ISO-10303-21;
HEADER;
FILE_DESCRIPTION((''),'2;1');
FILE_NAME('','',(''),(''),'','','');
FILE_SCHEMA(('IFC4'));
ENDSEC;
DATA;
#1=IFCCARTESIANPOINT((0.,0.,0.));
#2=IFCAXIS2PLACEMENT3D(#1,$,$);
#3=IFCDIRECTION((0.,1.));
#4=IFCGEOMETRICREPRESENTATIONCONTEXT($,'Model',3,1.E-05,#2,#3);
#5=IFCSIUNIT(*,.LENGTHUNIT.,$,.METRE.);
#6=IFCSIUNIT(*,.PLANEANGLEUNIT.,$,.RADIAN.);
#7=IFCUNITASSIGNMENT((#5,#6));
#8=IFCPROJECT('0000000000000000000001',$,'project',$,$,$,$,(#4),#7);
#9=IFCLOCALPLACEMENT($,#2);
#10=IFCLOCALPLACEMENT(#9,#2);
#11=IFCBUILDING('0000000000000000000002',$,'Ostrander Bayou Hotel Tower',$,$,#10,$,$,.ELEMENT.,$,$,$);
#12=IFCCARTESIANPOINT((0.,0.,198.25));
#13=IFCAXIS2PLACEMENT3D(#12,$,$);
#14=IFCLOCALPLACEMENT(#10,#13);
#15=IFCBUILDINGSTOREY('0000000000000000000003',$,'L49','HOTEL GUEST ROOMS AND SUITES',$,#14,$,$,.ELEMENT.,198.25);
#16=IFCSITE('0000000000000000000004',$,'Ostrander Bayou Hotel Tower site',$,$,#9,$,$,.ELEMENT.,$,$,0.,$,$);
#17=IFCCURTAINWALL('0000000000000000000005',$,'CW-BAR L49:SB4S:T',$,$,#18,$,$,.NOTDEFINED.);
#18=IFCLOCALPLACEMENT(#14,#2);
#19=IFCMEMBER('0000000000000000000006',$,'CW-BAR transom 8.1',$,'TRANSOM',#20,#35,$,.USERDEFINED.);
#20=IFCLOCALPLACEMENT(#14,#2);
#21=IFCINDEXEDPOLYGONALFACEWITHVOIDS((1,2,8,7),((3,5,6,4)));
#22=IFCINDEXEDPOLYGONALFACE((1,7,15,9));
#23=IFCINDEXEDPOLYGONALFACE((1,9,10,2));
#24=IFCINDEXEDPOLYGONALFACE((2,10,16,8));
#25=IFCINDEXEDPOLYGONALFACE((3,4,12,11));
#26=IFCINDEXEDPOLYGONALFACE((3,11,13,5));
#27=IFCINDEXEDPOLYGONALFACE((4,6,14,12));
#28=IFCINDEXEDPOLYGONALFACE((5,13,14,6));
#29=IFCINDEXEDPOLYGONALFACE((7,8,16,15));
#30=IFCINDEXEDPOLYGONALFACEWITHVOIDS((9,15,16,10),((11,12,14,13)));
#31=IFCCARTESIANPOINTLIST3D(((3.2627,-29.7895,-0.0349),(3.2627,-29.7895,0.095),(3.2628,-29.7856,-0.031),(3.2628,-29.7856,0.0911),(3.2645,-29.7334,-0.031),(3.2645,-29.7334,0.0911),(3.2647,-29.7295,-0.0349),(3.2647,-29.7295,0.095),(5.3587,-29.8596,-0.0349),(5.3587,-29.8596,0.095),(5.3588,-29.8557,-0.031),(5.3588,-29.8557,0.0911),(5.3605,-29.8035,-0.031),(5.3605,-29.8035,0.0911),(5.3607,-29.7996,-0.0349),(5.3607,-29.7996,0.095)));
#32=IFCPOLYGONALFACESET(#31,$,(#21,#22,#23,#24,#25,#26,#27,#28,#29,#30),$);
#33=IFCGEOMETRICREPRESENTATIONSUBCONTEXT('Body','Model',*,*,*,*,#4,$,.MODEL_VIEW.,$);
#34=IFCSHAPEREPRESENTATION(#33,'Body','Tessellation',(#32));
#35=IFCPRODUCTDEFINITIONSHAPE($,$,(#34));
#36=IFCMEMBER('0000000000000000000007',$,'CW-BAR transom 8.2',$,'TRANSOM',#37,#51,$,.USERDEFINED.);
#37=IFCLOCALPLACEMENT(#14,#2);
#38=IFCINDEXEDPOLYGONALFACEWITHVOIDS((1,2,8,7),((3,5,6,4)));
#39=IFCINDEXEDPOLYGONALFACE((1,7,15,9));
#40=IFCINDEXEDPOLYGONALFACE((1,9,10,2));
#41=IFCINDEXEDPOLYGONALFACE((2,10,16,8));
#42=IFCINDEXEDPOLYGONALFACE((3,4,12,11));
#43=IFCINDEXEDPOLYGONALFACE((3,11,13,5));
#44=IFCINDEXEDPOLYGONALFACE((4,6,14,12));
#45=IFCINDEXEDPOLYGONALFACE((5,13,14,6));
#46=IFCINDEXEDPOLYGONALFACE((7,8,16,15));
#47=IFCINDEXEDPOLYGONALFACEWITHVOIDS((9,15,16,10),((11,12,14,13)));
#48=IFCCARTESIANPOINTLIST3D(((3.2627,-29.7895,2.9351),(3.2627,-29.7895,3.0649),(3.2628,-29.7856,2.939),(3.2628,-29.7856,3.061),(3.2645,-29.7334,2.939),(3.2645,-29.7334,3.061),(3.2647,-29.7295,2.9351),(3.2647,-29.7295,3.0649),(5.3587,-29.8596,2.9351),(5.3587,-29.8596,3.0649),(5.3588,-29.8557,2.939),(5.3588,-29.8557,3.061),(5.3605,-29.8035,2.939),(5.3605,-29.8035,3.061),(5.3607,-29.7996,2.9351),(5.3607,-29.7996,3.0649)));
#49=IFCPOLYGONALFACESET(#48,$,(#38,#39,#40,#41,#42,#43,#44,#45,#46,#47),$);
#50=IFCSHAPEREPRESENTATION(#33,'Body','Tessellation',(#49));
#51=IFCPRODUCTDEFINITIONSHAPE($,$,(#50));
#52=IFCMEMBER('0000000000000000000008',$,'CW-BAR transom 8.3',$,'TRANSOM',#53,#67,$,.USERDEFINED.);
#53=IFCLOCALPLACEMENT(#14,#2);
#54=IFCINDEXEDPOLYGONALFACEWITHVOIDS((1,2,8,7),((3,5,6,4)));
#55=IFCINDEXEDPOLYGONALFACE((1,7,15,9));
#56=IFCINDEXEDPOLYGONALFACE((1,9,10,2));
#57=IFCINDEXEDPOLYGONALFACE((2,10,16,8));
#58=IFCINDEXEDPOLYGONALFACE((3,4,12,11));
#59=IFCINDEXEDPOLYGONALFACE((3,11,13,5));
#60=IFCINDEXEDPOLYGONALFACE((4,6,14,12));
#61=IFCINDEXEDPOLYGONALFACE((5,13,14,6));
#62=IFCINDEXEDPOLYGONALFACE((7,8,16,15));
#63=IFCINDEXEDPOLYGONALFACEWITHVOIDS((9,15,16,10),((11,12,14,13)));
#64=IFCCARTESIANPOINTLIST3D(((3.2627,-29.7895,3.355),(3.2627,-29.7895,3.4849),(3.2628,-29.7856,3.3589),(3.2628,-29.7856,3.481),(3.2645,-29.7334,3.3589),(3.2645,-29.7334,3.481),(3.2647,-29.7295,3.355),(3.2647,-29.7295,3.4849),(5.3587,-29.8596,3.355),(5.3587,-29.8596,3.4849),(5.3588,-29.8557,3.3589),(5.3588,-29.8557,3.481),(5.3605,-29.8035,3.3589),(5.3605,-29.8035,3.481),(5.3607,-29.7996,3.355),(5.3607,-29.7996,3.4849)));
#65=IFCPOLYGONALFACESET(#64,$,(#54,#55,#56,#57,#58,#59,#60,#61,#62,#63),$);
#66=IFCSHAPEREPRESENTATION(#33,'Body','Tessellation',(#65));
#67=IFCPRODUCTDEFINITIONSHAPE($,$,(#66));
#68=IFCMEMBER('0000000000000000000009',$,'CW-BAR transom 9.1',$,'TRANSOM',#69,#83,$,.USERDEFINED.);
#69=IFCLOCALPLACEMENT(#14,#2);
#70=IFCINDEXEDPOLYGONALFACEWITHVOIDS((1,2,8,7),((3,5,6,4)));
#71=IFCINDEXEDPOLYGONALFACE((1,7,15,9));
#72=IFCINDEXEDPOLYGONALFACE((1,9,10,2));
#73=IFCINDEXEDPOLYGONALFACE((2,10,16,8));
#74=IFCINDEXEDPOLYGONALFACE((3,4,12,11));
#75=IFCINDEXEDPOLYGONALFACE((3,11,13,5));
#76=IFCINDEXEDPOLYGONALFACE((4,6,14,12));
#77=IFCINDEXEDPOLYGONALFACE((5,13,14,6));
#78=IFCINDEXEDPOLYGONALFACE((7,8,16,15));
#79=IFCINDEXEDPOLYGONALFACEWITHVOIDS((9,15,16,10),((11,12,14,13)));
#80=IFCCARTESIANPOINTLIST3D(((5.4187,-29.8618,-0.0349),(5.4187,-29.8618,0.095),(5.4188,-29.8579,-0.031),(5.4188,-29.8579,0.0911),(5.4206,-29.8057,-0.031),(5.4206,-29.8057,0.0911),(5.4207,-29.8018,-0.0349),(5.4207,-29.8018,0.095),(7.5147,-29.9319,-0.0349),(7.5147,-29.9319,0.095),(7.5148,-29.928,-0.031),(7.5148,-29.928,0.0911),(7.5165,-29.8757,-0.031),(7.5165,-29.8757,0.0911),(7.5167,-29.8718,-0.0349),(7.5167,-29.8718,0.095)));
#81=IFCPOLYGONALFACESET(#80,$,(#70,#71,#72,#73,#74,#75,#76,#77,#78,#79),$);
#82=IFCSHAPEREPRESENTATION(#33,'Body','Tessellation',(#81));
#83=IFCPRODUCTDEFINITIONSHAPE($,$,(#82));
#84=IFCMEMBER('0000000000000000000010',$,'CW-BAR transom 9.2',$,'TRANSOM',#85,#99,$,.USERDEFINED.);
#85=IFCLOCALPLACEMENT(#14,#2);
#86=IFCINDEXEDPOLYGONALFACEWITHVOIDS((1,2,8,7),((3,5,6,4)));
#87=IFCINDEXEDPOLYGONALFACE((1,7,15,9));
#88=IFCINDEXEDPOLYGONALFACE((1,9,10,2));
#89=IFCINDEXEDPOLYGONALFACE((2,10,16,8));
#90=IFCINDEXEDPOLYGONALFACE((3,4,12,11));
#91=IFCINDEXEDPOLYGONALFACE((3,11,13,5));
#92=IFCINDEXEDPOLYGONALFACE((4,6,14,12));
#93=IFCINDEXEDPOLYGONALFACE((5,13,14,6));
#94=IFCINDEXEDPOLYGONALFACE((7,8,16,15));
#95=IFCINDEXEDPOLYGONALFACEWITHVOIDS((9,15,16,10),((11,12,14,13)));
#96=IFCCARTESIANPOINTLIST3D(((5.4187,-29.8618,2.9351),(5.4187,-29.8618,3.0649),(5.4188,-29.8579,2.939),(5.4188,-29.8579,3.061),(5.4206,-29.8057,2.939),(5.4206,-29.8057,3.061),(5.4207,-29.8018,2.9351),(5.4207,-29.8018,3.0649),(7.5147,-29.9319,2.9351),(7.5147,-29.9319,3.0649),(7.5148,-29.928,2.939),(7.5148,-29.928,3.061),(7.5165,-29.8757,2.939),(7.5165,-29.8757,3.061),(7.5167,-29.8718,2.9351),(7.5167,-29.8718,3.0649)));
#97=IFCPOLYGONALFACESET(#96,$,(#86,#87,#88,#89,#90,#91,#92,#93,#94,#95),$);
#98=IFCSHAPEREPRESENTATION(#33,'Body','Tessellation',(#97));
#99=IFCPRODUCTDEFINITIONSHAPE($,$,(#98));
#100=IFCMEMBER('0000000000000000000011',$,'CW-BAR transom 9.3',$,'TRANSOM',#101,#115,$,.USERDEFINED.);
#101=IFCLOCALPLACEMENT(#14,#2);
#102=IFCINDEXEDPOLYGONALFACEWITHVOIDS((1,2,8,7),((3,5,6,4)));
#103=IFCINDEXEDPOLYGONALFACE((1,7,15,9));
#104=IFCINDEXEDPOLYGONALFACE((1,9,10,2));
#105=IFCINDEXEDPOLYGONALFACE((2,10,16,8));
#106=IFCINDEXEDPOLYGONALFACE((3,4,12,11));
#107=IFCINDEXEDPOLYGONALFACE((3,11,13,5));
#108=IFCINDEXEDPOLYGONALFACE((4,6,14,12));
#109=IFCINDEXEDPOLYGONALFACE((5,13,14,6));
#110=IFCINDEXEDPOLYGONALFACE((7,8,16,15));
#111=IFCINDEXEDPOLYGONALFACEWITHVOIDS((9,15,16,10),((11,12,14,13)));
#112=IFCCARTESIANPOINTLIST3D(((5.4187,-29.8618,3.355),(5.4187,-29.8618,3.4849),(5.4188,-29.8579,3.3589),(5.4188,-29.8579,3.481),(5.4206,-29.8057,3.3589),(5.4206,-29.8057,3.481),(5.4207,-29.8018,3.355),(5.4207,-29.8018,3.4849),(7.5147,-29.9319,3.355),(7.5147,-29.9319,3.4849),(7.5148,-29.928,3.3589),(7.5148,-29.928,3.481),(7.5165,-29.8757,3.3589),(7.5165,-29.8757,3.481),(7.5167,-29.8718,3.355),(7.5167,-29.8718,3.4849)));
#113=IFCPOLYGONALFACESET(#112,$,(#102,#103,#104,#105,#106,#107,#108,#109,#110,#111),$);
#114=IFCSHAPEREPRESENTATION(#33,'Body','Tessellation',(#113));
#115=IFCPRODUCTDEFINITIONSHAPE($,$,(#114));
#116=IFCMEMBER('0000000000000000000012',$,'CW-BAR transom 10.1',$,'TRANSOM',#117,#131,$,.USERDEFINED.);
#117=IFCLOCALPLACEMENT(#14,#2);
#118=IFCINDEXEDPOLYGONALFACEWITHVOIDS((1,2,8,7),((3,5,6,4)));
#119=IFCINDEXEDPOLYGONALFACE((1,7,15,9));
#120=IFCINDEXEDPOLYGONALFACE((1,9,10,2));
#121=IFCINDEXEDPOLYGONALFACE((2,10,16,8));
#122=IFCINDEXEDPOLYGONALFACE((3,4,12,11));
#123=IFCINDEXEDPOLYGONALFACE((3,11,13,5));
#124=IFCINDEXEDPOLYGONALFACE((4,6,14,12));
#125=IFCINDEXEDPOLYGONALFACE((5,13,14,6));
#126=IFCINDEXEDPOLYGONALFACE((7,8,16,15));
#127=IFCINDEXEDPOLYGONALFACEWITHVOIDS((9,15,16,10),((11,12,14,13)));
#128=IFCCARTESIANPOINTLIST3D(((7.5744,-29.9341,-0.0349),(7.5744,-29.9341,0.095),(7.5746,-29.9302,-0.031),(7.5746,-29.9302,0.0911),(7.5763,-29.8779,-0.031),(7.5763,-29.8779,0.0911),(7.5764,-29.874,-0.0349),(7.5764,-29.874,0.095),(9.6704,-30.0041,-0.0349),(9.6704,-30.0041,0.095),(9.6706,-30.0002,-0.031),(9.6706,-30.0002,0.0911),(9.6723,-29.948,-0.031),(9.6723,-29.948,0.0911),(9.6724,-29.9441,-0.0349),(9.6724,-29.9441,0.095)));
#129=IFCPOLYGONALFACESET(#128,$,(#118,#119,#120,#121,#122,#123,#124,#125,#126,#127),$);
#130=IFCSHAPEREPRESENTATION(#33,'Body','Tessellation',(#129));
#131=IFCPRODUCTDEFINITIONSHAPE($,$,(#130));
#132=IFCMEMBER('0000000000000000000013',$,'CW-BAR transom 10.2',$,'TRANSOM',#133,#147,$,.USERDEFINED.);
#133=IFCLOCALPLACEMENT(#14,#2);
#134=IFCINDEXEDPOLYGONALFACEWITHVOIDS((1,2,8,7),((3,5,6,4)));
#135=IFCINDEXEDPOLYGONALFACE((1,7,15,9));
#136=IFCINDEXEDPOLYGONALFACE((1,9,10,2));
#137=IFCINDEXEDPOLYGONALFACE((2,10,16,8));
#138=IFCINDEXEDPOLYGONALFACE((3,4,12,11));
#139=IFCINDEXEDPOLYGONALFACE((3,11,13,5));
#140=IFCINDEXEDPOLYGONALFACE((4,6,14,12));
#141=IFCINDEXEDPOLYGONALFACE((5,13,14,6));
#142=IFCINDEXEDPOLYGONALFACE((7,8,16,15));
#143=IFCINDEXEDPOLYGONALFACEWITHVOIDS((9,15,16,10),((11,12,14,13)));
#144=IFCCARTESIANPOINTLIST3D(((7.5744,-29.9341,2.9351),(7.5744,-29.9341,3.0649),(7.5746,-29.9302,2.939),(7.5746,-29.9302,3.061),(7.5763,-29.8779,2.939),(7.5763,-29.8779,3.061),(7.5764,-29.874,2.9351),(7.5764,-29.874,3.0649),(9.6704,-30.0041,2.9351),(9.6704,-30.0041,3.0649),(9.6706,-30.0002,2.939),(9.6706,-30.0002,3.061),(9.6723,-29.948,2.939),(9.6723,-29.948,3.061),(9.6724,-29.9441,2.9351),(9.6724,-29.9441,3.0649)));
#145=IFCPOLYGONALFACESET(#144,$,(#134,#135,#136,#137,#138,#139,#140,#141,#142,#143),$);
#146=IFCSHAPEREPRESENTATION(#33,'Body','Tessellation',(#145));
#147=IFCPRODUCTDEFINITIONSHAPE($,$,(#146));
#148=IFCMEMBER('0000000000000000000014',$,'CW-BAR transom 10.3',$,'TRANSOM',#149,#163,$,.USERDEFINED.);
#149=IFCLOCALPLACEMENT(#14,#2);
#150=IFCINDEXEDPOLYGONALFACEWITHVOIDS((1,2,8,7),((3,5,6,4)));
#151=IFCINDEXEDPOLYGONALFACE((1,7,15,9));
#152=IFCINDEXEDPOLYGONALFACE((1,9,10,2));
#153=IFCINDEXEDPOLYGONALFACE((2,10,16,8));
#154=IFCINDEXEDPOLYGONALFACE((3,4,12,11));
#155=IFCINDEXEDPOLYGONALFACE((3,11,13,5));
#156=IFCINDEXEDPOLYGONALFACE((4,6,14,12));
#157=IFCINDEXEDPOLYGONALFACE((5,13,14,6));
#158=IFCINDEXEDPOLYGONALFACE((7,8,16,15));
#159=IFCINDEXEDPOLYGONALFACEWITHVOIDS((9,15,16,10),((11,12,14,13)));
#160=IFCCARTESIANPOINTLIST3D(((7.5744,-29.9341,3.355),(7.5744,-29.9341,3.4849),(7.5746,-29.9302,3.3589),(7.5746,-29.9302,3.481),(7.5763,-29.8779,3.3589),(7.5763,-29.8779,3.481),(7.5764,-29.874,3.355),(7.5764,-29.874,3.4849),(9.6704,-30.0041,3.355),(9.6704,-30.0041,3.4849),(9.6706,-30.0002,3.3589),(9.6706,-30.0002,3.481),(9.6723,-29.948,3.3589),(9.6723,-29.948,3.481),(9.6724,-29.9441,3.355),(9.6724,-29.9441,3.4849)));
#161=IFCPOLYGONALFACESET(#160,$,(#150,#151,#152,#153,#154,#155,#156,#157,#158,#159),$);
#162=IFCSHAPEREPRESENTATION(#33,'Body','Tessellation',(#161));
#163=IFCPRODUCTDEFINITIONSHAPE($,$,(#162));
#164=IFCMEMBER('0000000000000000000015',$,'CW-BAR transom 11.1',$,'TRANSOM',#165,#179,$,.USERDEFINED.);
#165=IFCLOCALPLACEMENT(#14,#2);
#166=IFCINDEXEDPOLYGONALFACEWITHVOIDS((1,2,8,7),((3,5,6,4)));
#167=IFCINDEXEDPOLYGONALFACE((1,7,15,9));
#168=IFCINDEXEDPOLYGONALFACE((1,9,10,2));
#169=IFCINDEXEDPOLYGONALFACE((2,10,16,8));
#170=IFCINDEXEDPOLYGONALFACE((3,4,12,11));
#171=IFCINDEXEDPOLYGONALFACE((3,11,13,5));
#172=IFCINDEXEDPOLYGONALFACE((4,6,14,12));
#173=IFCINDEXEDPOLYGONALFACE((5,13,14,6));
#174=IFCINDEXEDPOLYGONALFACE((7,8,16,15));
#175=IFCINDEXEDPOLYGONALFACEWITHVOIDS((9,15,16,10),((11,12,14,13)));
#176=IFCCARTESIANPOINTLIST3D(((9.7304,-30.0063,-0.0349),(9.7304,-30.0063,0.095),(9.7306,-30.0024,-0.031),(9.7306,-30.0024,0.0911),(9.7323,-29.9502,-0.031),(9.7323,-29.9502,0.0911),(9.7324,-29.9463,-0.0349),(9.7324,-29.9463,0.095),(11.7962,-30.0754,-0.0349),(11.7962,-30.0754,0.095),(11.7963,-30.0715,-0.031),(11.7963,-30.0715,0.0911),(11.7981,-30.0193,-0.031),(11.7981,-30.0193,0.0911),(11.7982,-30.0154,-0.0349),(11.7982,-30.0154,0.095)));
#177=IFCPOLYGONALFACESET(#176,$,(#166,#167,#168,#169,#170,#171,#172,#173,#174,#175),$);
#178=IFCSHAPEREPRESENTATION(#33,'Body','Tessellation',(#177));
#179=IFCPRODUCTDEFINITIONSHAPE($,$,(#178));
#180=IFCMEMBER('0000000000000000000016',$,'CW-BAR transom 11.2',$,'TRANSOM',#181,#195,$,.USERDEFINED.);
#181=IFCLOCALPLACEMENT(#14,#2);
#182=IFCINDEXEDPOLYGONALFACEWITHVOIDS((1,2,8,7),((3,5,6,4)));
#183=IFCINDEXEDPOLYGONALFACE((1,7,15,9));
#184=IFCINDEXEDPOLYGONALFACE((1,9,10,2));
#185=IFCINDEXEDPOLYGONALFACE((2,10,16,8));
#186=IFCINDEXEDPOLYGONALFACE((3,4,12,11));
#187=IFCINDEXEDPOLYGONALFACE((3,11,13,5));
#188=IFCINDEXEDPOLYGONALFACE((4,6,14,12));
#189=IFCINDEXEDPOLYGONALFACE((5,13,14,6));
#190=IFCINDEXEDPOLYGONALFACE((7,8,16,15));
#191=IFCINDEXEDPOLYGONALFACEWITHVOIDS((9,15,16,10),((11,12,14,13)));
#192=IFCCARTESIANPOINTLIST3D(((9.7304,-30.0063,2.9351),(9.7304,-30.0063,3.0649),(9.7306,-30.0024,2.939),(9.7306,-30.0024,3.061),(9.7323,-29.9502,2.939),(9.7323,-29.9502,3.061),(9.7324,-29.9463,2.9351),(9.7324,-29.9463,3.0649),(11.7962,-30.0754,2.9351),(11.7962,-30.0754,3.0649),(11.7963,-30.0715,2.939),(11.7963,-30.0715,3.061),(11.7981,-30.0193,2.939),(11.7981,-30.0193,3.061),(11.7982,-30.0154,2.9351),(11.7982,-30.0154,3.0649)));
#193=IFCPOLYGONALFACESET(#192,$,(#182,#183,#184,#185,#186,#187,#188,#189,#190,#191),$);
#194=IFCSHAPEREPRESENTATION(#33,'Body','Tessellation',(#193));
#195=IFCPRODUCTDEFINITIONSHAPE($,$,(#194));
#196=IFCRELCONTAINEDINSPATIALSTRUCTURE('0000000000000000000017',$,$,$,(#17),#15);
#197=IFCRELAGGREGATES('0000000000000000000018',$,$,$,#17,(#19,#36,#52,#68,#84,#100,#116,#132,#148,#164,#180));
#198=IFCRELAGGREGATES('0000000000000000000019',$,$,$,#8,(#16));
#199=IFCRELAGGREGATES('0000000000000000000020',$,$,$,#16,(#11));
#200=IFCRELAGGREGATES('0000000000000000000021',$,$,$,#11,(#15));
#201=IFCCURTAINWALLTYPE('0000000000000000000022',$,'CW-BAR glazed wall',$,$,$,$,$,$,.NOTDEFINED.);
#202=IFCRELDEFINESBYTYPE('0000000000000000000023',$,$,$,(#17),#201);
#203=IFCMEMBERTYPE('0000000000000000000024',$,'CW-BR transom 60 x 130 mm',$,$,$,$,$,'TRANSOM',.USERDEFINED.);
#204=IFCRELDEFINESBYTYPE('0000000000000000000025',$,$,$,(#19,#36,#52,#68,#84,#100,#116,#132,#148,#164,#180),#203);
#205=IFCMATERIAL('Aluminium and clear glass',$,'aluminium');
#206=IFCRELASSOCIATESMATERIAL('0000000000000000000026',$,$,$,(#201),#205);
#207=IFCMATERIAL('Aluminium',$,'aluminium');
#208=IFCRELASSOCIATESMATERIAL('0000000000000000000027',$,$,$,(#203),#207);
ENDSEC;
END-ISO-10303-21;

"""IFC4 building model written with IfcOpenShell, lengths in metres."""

from ifc_helpers import new_model, si_unit, direction, frame, origin, origin_2d, place, context, subcontext, project, spatial, hollow_rectangle, extrude, material, material_profile, profile_set, type_object, element, aggregate, save


model = new_model("IFC4")

# Units and contexts
model_context = context("Model", 3, precision=1e-05, world=origin(), true_north=direction((0.0, 1.0)))
body_context = subcontext(model_context, "Body", "Model", "MODEL_VIEW")
ifc_project = project(units=[si_unit("LENGTHUNIT", "METRE"), si_unit("PLANEANGLEUNIT", "RADIAN")], contexts=[model_context])

# Site, building, storey
site_placement = place(None, origin())
site = spatial("IfcSite", under=ifc_project, at=site_placement, Name="Ostrander Bayou Hotel Tower site", CompositionType="ELEMENT", RefElevation=0.0)
building_placement = place(site_placement, origin())
building = spatial("IfcBuilding", under=site, at=building_placement, Name="Ostrander Bayou Hotel Tower", CompositionType="ELEMENT")
storey_placement = place(building_placement, frame((0.0, 0.0, 198.25)))
storey = spatial("IfcBuildingStorey", under=building, at=storey_placement, Name="L49", Description="HOTEL GUEST ROOMS AND SUITES", CompositionType="ELEMENT", Elevation=198.25)

# Curtain wall
ifc_material_1 = material(Name="Aluminium and clear glass", Category="aluminium")
curtain_wall_type = type_object("IfcCurtainWallType", Name="CW-BAR glazed wall", PredefinedType="NOTDEFINED", material=ifc_material_1)
curtain_wall_1_placement = place(storey_placement, origin())
curtain_wall_1 = element("IfcCurtainWall", 1, at=curtain_wall_1_placement, inside=storey, type_object=curtain_wall_type, Name="CW-BAR L49:SB4S:T", PredefinedType="NOTDEFINED")

# Members
ifc_material_2 = material(Name="Aluminium", Category="aluminium")
ifc_material_profile_1 = material_profile(ifc_material_2, hollow_rectangle(XDim=0.0601, YDim=0.1299, WallThickness=0.0039, at=origin_2d()))
ifc_profile_set_1 = profile_set([ifc_material_profile_1], Name="Aluminium")
member_type_1 = type_object("IfcMemberType", Name="CW-BR transom 60 x 130 mm", ElementType="TRANSOM", PredefinedType="USERDEFINED", material=ifc_profile_set_1)
member_1_placement = place(storey_placement, frame((3.2637, -29.7595, 0.03), z_axis=(0.999442, -0.033412, 0.0), x_axis=(0.033412, 0.999442, 0.0)))
member_1 = element("IfcMember", 2, at=member_1_placement, type_object=member_type_1, Name="CW-BAR transom 8.1", ObjectType="TRANSOM", PredefinedType="USERDEFINED", context=body_context, shape_type="SweptSolid", body=[
    extrude(hollow_rectangle(XDim=0.0601, YDim=0.1299, WallThickness=0.0039, at=origin_2d()), origin(), (0.0, 0.0, 1.0), 2.0972),
])
member_2_placement = place(storey_placement, frame((3.2637, -29.7595, 3.0), z_axis=(0.999442, -0.033412, 0.0), x_axis=(0.033412, 0.999442, 0.0)))
member_2 = element("IfcMember", 3, at=member_2_placement, type_object=member_type_1, Name="CW-BAR transom 8.2", ObjectType="TRANSOM", PredefinedType="USERDEFINED", context=body_context, shape_type="SweptSolid", body=[
    extrude(hollow_rectangle(XDim=0.0601, YDim=0.1299, WallThickness=0.0039, at=origin_2d()), origin(), (0.0, 0.0, 1.0), 2.0972),
])
member_3_placement = place(storey_placement, frame((3.2637, -29.7595, 3.4199), z_axis=(0.999442, -0.033412, 0.0), x_axis=(0.033412, 0.999442, 0.0)))
member_3 = element("IfcMember", 4, at=member_3_placement, type_object=member_type_1, Name="CW-BAR transom 8.3", ObjectType="TRANSOM", PredefinedType="USERDEFINED", context=body_context, shape_type="SweptSolid", body=[
    extrude(hollow_rectangle(XDim=0.0601, YDim=0.1299, WallThickness=0.0039, at=origin_2d()), origin(), (0.0, 0.0, 1.0), 2.0972),
])
member_4_placement = place(storey_placement, frame((5.4197, -29.8318, 0.03), z_axis=(0.999442, -0.033412, 0.0), x_axis=(0.033412, 0.999442, 0.0)))
member_4 = element("IfcMember", 5, at=member_4_placement, type_object=member_type_1, Name="CW-BAR transom 9.1", ObjectType="TRANSOM", PredefinedType="USERDEFINED", context=body_context, shape_type="SweptSolid", body=[
    extrude(hollow_rectangle(XDim=0.0601, YDim=0.1299, WallThickness=0.0039, at=origin_2d()), origin(), (0.0, 0.0, 1.0), 2.0972),
])
member_5_placement = place(storey_placement, frame((5.4197, -29.8318, 3.0), z_axis=(0.999442, -0.033412, 0.0), x_axis=(0.033412, 0.999442, 0.0)))
member_5 = element("IfcMember", 6, at=member_5_placement, type_object=member_type_1, Name="CW-BAR transom 9.2", ObjectType="TRANSOM", PredefinedType="USERDEFINED", context=body_context, shape_type="SweptSolid", body=[
    extrude(hollow_rectangle(XDim=0.0601, YDim=0.1299, WallThickness=0.0039, at=origin_2d()), origin(), (0.0, 0.0, 1.0), 2.0972),
])
member_6_placement = place(storey_placement, frame((5.4197, -29.8318, 3.4199), z_axis=(0.999442, -0.033412, 0.0), x_axis=(0.033412, 0.999442, 0.0)))
member_6 = element("IfcMember", 7, at=member_6_placement, type_object=member_type_1, Name="CW-BAR transom 9.3", ObjectType="TRANSOM", PredefinedType="USERDEFINED", context=body_context, shape_type="SweptSolid", body=[
    extrude(hollow_rectangle(XDim=0.0601, YDim=0.1299, WallThickness=0.0039, at=origin_2d()), origin(), (0.0, 0.0, 1.0), 2.0972),
])
member_7_placement = place(storey_placement, frame((7.5754, -29.9041, 0.03), z_axis=(0.999442, -0.033412, 0.0), x_axis=(0.033412, 0.999442, 0.0)))
member_7 = element("IfcMember", 8, at=member_7_placement, type_object=member_type_1, Name="CW-BAR transom 10.1", ObjectType="TRANSOM", PredefinedType="USERDEFINED", context=body_context, shape_type="SweptSolid", body=[
    extrude(hollow_rectangle(XDim=0.0601, YDim=0.1299, WallThickness=0.0039, at=origin_2d()), origin(), (0.0, 0.0, 1.0), 2.0972),
])
member_8_placement = place(storey_placement, frame((7.5754, -29.9041, 3.0), z_axis=(0.999442, -0.033412, 0.0), x_axis=(0.033412, 0.999442, 0.0)))
member_8 = element("IfcMember", 9, at=member_8_placement, type_object=member_type_1, Name="CW-BAR transom 10.2", ObjectType="TRANSOM", PredefinedType="USERDEFINED", context=body_context, shape_type="SweptSolid", body=[
    extrude(hollow_rectangle(XDim=0.0601, YDim=0.1299, WallThickness=0.0039, at=origin_2d()), origin(), (0.0, 0.0, 1.0), 2.0972),
])
member_9_placement = place(storey_placement, frame((7.5754, -29.9041, 3.4199), z_axis=(0.999442, -0.033412, 0.0), x_axis=(0.033412, 0.999442, 0.0)))
member_9 = element("IfcMember", 10, at=member_9_placement, type_object=member_type_1, Name="CW-BAR transom 10.3", ObjectType="TRANSOM", PredefinedType="USERDEFINED", context=body_context, shape_type="SweptSolid", body=[
    extrude(hollow_rectangle(XDim=0.0601, YDim=0.1299, WallThickness=0.0039, at=origin_2d()), origin(), (0.0, 0.0, 1.0), 2.0972),
])
member_10_placement = place(storey_placement, frame((9.7314, -29.9763, 0.03), z_axis=(0.999441, -0.033429, 0.0), x_axis=(0.033429, 0.999441, 0.0)))
member_10 = element("IfcMember", 11, at=member_10_placement, type_object=member_type_1, Name="CW-BAR transom 11.1", ObjectType="TRANSOM", PredefinedType="USERDEFINED", context=body_context, shape_type="SweptSolid", body=[
    extrude(hollow_rectangle(XDim=0.0601, YDim=0.1299, WallThickness=0.0039, at=origin_2d()), origin(), (0.0, 0.0, 1.0), 2.0669),
])
member_11_placement = place(storey_placement, frame((9.7314, -29.9763, 3.0), z_axis=(0.999441, -0.033429, 0.0), x_axis=(0.033429, 0.999441, 0.0)))
member_11 = element("IfcMember", 12, at=member_11_placement, type_object=member_type_1, Name="CW-BAR transom 11.2", ObjectType="TRANSOM", PredefinedType="USERDEFINED", context=body_context, shape_type="SweptSolid", body=[
    extrude(hollow_rectangle(XDim=0.0601, YDim=0.1299, WallThickness=0.0039, at=origin_2d()), origin(), (0.0, 0.0, 1.0), 2.0669),
])

aggregate(curtain_wall_1, [member_1, member_2, member_3, member_4, member_5, member_6, member_7, member_8, member_9, member_10, member_11])

save(model, "model.ifc")
